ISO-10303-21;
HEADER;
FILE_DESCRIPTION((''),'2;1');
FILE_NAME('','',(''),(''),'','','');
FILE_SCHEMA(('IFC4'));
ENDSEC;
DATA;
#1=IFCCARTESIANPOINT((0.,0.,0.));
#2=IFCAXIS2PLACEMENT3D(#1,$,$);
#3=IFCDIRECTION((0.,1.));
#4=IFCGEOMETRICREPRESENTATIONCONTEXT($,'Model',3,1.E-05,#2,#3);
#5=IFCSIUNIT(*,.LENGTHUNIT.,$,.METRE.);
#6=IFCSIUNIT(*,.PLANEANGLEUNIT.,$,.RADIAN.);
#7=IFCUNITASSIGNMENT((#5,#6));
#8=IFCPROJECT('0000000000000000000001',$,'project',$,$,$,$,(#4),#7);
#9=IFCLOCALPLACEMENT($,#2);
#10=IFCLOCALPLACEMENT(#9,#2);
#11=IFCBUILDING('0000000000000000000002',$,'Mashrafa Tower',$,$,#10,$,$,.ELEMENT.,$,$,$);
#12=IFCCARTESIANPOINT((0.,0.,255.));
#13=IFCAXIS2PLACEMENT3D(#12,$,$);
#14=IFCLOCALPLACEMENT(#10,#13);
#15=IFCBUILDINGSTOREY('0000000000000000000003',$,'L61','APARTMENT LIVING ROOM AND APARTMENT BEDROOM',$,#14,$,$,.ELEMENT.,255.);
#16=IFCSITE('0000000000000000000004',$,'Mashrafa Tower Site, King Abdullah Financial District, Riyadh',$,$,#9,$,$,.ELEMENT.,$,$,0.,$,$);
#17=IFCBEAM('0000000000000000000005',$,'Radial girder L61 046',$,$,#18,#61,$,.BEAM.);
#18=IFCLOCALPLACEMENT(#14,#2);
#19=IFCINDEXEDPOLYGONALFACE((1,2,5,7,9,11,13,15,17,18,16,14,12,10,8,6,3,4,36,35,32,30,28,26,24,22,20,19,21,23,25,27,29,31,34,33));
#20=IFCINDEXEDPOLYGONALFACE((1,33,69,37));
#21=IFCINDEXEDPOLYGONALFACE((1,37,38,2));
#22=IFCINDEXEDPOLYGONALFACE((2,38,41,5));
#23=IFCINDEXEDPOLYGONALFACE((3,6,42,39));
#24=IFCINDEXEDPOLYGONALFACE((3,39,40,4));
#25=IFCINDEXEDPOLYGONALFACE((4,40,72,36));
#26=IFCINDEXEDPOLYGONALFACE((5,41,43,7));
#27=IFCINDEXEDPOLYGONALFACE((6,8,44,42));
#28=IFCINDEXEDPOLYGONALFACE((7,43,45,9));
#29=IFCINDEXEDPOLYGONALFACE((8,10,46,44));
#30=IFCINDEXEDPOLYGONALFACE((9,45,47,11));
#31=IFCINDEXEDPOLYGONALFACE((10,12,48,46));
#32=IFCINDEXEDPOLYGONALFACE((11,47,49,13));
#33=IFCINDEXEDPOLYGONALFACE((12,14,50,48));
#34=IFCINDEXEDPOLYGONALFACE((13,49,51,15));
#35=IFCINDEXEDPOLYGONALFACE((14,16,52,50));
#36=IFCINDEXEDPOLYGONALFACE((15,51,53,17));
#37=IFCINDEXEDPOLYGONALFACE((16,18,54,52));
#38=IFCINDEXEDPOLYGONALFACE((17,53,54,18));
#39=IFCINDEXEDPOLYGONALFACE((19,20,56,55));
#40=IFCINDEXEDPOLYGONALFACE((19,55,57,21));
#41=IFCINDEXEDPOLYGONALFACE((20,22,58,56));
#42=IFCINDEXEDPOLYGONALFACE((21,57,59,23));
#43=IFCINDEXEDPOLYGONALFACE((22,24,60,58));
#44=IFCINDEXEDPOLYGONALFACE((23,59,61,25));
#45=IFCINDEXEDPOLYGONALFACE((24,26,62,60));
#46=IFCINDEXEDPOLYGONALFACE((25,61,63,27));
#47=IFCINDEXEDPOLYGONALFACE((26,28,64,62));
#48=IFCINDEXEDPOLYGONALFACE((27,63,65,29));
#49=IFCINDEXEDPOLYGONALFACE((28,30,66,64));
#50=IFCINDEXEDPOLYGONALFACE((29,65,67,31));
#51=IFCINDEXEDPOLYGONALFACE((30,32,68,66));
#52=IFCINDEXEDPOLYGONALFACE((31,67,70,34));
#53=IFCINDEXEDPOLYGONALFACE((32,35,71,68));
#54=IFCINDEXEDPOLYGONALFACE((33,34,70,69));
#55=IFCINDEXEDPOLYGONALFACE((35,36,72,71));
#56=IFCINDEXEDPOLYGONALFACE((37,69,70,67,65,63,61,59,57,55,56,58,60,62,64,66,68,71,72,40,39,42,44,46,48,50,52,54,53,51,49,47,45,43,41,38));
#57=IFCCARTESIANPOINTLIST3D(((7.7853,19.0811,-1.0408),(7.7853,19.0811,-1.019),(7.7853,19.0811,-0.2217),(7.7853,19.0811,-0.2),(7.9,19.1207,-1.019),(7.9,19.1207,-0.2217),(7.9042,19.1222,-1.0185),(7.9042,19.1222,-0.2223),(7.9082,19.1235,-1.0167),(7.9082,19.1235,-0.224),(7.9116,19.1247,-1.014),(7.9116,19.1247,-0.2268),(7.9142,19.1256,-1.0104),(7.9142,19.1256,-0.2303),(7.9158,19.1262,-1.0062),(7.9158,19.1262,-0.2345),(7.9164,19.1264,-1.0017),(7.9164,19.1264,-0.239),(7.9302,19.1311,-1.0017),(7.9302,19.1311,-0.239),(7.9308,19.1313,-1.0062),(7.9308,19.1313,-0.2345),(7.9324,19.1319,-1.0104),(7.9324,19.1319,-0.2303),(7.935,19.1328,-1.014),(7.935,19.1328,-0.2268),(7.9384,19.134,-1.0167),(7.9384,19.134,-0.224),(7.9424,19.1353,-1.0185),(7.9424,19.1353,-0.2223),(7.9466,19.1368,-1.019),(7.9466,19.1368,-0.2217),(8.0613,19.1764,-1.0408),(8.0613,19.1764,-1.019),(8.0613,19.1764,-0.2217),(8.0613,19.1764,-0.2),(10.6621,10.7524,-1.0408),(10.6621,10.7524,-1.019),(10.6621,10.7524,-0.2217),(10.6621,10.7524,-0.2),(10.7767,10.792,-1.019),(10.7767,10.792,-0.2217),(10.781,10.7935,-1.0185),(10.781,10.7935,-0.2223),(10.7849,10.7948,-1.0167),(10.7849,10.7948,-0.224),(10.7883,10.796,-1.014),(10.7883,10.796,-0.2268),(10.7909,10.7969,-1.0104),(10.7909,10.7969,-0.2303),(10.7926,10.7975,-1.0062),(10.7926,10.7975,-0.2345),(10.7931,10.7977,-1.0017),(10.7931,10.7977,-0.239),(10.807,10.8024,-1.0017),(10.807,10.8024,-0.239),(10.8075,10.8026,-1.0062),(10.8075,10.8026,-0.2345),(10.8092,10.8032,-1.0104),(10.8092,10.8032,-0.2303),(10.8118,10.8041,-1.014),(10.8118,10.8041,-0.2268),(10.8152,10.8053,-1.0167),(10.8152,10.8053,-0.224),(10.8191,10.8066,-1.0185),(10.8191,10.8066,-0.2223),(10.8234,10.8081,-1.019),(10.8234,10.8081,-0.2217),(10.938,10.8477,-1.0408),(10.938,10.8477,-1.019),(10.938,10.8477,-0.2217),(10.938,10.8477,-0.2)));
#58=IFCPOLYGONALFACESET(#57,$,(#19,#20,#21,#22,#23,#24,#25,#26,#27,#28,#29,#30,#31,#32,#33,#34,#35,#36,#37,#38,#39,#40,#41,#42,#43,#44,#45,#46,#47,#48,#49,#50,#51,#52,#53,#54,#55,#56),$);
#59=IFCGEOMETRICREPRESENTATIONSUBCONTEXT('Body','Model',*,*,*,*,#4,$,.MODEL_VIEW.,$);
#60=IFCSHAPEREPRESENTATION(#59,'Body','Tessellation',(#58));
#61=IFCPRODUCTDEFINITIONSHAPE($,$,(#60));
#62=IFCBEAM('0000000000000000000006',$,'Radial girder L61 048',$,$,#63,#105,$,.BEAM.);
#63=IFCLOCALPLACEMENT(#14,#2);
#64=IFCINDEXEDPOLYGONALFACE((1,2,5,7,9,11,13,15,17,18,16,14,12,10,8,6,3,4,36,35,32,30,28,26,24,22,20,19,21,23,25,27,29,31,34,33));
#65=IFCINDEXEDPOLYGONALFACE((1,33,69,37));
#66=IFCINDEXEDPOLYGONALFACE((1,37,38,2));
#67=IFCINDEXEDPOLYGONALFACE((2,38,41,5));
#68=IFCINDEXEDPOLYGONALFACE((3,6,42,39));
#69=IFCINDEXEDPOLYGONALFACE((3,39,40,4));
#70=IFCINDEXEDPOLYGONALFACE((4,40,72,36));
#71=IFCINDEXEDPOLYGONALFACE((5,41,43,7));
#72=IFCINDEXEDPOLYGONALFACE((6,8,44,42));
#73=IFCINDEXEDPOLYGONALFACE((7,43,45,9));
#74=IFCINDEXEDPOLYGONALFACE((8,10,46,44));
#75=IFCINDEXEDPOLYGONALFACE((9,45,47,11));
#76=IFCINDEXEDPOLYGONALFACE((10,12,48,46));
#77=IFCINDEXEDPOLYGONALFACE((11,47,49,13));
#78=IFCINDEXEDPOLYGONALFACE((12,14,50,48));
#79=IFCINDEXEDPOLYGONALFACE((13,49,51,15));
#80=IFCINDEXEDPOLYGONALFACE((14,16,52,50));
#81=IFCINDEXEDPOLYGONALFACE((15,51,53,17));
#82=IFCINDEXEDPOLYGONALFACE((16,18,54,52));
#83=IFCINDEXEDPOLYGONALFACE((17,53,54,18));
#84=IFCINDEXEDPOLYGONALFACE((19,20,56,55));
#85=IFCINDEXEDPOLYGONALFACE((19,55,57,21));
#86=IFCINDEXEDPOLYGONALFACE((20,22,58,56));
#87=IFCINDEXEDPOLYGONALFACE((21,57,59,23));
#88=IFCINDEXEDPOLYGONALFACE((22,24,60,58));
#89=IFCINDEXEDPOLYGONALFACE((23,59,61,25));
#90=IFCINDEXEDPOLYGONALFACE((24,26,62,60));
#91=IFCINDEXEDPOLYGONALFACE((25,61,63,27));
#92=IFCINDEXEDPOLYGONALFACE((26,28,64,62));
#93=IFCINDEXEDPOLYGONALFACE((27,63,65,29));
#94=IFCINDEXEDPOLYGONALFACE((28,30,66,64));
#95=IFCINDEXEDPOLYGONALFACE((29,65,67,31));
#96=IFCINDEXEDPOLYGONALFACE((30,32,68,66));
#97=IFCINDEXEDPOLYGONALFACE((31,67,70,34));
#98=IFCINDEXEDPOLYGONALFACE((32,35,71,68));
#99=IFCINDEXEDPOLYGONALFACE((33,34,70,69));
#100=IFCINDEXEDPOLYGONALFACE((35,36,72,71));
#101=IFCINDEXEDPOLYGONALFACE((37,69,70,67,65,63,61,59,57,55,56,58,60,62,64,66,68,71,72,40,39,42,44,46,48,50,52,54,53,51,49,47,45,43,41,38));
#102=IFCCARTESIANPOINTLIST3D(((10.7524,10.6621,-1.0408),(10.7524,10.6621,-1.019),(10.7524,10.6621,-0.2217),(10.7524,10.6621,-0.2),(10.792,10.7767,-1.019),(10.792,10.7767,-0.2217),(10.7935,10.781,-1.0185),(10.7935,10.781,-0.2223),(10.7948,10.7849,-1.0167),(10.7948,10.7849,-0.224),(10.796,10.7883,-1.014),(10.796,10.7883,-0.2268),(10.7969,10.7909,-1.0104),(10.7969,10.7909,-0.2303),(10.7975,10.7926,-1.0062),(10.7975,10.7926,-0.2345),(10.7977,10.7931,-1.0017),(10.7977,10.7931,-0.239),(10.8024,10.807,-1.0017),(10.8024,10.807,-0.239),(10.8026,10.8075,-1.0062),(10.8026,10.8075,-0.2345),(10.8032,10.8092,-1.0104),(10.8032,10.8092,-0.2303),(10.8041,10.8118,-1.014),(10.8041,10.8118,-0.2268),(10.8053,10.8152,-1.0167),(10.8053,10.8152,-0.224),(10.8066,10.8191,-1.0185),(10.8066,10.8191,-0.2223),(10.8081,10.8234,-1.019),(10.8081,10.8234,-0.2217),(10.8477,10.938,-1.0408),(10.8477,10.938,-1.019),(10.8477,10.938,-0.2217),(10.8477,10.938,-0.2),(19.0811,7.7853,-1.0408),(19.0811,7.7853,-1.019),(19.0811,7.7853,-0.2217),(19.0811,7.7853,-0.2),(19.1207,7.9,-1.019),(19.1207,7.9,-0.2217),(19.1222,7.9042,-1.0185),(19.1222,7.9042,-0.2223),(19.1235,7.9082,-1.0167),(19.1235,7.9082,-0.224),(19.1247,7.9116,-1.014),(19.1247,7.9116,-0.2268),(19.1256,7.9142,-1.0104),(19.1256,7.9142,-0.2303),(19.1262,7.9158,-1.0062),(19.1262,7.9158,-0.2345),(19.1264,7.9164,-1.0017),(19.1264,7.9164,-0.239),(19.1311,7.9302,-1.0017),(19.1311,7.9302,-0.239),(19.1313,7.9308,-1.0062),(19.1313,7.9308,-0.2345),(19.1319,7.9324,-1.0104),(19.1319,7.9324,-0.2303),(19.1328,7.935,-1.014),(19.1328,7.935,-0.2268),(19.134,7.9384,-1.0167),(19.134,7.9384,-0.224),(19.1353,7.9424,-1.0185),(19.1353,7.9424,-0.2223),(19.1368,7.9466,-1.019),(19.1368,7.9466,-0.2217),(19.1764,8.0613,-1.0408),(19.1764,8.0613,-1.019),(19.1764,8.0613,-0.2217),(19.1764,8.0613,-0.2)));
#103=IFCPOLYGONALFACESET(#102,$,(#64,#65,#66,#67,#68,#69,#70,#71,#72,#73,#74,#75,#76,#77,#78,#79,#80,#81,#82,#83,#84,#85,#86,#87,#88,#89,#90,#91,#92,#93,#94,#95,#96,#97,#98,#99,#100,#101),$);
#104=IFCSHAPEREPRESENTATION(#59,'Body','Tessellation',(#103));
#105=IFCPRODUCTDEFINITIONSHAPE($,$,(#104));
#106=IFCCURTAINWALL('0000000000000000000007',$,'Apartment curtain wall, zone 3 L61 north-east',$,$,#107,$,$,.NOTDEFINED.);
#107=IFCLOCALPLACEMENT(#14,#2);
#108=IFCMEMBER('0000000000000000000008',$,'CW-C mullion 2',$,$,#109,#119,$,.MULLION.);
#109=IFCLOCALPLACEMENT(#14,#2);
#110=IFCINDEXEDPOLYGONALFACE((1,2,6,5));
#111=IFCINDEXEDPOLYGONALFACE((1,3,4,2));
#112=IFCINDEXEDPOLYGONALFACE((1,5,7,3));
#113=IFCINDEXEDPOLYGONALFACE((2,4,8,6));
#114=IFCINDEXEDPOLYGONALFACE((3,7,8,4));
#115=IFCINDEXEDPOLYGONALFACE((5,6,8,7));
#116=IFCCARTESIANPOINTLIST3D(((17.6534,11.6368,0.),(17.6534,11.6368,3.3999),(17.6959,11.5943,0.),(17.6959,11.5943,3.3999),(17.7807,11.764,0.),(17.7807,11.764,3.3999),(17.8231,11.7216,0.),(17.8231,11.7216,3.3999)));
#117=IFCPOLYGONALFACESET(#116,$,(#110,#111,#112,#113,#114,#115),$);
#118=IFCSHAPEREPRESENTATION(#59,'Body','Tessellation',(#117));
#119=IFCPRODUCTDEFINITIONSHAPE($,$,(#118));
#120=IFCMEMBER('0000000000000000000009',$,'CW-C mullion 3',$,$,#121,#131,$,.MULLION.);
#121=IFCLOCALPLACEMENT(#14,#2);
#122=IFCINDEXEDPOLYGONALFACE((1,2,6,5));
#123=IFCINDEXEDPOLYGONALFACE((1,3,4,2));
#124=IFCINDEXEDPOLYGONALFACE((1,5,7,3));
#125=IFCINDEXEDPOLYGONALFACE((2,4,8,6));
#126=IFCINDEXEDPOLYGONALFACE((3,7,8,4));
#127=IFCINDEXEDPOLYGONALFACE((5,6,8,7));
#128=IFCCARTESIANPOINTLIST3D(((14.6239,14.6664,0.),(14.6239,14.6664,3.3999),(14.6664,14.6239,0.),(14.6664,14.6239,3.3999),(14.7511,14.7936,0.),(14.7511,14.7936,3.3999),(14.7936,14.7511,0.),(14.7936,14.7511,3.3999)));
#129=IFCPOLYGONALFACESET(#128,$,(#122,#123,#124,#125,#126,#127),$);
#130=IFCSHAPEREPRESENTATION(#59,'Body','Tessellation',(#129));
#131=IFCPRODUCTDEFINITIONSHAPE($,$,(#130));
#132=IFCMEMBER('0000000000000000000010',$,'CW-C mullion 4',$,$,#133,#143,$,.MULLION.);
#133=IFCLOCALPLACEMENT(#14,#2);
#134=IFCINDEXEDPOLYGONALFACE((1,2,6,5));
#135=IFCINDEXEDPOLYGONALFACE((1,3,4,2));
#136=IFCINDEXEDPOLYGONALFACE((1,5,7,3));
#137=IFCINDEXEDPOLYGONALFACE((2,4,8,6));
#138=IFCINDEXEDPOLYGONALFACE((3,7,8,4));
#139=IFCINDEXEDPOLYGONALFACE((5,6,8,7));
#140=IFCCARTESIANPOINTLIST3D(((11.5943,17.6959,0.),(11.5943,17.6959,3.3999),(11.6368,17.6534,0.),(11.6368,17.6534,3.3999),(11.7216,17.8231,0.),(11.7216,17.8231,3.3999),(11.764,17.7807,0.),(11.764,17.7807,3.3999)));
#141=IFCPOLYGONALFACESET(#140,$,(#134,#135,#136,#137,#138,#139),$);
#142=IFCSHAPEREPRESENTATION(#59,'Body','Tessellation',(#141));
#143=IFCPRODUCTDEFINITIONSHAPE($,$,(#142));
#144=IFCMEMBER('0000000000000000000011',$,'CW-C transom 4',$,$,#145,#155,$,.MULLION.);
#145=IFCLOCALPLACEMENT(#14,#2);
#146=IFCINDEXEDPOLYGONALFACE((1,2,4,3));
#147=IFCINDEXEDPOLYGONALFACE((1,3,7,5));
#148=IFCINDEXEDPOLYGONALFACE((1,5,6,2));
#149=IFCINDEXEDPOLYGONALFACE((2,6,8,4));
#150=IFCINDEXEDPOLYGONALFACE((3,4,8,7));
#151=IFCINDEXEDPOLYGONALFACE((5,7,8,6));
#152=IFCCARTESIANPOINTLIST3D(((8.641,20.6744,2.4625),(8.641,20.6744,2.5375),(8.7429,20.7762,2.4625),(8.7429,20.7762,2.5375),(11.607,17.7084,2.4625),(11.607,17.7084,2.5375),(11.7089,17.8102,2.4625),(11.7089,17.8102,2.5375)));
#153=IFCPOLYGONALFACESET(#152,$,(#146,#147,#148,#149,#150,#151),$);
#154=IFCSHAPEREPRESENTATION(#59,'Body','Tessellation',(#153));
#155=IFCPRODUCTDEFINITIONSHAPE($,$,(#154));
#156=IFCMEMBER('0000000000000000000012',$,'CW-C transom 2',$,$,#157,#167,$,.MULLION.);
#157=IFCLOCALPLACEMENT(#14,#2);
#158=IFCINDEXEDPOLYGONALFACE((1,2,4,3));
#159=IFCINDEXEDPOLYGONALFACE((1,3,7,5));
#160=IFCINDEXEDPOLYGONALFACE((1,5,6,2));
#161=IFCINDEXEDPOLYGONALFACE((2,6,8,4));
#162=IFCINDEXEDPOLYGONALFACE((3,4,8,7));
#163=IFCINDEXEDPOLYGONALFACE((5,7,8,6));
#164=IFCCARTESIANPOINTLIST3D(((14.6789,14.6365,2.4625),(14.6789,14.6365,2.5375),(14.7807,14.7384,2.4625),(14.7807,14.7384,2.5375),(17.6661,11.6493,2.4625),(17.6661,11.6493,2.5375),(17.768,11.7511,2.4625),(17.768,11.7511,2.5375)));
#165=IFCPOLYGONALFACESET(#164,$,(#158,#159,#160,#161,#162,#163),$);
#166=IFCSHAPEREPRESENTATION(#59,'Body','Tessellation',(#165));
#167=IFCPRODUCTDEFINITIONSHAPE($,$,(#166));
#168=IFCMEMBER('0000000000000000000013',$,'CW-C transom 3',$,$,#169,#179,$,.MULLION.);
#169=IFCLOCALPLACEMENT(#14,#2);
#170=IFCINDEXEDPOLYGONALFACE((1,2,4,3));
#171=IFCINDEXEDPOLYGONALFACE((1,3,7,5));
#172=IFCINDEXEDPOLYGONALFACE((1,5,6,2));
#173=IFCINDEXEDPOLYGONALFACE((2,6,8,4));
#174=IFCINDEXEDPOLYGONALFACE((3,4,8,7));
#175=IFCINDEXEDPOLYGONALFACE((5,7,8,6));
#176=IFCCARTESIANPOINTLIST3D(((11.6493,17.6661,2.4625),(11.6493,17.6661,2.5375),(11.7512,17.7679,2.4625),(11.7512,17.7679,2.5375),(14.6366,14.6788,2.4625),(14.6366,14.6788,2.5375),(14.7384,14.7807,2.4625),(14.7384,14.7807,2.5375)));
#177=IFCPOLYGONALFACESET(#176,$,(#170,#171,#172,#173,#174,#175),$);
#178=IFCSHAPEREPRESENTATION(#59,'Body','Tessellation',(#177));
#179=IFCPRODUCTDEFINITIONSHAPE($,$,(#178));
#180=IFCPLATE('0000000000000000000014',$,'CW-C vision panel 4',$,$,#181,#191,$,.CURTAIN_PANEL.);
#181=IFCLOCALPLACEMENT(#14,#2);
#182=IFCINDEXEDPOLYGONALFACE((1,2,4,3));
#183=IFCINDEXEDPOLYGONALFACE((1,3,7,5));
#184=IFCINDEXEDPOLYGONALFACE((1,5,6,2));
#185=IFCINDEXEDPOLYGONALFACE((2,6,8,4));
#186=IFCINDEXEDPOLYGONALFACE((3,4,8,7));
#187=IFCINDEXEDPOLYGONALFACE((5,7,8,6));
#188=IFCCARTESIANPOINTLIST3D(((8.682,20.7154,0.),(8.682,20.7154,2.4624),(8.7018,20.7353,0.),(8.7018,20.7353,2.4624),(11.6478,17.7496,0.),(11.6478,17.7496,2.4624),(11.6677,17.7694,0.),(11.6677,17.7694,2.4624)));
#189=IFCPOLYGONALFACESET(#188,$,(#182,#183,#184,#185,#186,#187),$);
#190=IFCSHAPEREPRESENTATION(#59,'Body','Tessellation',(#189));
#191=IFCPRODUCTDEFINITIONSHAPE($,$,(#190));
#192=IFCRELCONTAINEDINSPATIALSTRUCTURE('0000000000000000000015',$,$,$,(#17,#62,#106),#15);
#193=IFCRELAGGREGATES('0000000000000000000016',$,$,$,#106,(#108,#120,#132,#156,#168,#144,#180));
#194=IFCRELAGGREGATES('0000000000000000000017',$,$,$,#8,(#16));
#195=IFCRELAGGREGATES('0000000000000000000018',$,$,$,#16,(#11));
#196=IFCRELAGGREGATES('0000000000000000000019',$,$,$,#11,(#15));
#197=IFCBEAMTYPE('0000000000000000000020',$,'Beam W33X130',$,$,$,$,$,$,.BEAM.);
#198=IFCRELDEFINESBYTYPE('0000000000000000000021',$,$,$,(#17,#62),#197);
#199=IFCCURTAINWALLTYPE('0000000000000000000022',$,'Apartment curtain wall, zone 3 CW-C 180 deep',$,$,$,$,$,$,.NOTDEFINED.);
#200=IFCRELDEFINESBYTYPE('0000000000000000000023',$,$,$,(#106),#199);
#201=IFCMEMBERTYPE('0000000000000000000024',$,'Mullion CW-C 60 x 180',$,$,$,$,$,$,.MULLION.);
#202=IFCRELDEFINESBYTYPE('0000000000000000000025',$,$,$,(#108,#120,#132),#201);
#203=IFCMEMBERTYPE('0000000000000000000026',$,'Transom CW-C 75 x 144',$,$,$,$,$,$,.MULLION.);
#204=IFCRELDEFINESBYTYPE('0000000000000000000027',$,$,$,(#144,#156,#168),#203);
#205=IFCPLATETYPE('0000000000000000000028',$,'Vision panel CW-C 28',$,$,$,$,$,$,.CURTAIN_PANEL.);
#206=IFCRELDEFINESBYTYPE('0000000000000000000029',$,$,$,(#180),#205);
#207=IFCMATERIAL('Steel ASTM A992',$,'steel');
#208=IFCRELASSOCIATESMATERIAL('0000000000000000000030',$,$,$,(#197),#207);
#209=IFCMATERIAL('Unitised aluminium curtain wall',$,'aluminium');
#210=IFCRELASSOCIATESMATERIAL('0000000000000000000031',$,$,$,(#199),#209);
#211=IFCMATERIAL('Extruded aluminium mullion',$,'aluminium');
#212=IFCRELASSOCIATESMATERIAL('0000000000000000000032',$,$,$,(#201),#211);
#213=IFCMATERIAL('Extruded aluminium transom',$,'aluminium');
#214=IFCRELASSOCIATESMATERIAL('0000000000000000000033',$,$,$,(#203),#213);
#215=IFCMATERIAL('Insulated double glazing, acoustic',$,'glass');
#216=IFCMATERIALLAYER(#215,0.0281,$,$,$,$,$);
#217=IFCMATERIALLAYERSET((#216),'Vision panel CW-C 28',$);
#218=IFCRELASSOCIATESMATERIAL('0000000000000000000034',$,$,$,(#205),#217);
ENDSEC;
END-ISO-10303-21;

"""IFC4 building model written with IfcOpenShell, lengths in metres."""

from ifc_helpers import new_model, si_unit, direction, frame, origin, origin_2d, place, context, subcontext, project, spatial, rectangle, i_section, extrude, source, transform, mapped, material, layer, layer_set, material_profile, profile_set, type_object, type_shapes, element, aggregate, save


model = new_model("IFC4")

# Units and contexts
model_context = context("Model", 3, precision=1e-05, world=origin(), true_north=direction((0.0, 1.0)))
body_context = subcontext(model_context, "Body", "Model", "MODEL_VIEW")
ifc_project = project(units=[si_unit("LENGTHUNIT", "METRE"), si_unit("PLANEANGLEUNIT", "RADIAN")], contexts=[model_context])

# Site, building, storey
site_placement = place(None, origin())
site = spatial("IfcSite", under=ifc_project, at=site_placement, Name="Mashrafa Tower Site, King Abdullah Financial District, Riyadh", CompositionType="ELEMENT", RefElevation=0.0)
building_placement = place(site_placement, origin())
building = spatial("IfcBuilding", under=site, at=building_placement, Name="Mashrafa Tower", CompositionType="ELEMENT")
storey_placement = place(building_placement, frame((0.0, 0.0, 255.0)))
storey = spatial("IfcBuildingStorey", under=building, at=storey_placement, Name="L61", Description="APARTMENT LIVING ROOM AND APARTMENT BEDROOM", CompositionType="ELEMENT", Elevation=255.0)

# Beams
ifc_material_1 = material(Name="Steel ASTM A992", Category="steel")
ifc_material_profile_1 = material_profile(ifc_material_1, i_section(OverallWidth=0.292, OverallDepth=0.8408, WebThickness=0.0146, FlangeThickness=0.0217, FilletRadius=0.0173, at=origin_2d()), Name="W33X130")
ifc_profile_set_1 = profile_set([ifc_material_profile_1], Name="Steel ASTM A992")
beam_type_1 = type_object("IfcBeamType", Name="Beam W33X130", PredefinedType="BEAM", material=ifc_profile_set_1)
for number, where, z_axis, x_axis, name in (
    (1, (10.8, 10.8, -0.6204), (-0.326475, 0.945206, 0.0), (-0.945206, -0.326475, 0.0), "Radial girder L61 046"),
    (2, (10.8, 10.8, -0.6204), (0.945206, -0.326475, 0.0), (0.326475, 0.945206, 0.0), "Radial girder L61 048"),
):
    element("IfcBeam", number, at=place(storey_placement, frame(where, z_axis=z_axis, x_axis=x_axis)), inside=storey, type_object=beam_type_1, Name=name, PredefinedType="BEAM", context=body_context, shape_type="SweptSolid", body=[
        extrude(i_section(OverallWidth=0.292, OverallDepth=0.8408, WebThickness=0.0146, FlangeThickness=0.0217, FilletRadius=0.0173, at=origin_2d()), origin(), (0.0, 0.0, 1.0), 8.8115),
    ])

# Curtain wall, members, plate
ifc_material_2 = material(Name="Unitised aluminium curtain wall", Category="aluminium")
curtain_wall_type = type_object("IfcCurtainWallType", Name="Apartment curtain wall, zone 3 CW-C 180 deep", PredefinedType="NOTDEFINED", material=ifc_material_2)
curtain_wall_placement = place(storey_placement, origin())
curtain_wall = element("IfcCurtainWall", 3, at=curtain_wall_placement, inside=storey, type_object=curtain_wall_type, Name="Apartment curtain wall, zone 3 L61 north-east", PredefinedType="NOTDEFINED")
ifc_material_3 = material(Name="Extruded aluminium mullion", Category="aluminium")
ifc_material_profile_2 = material_profile(ifc_material_3, rectangle(XDim=0.1799, YDim=0.0601, at=origin_2d()), Name="Mullion 60x180")
ifc_profile_set_2 = profile_set([ifc_material_profile_2], Name="Extruded aluminium mullion")
member_type_1 = type_object("IfcMemberType", Name="Mullion CW-C 60 x 180", PredefinedType="MULLION", material=ifc_profile_set_2)
shared_shape_1 = source(origin(), body_context, "Body", "SweptSolid", [
    extrude(rectangle(XDim=0.1799, YDim=0.0601, at=origin_2d()), origin(), (0.0, 0.0, 1.0), 3.3999),
])
type_shapes(member_type_1, [shared_shape_1])
member_1_placement = place(storey_placement, frame((17.7383, 11.6792, 0.0), z_axis=(0.0, 0.0, 1.0), x_axis=(-0.707107, -0.707107, 0.0)))
member_1 = element("IfcMember", 4, at=member_1_placement, type_object=member_type_1, Name="CW-C mullion 2", PredefinedType="MULLION", context=body_context, shape_type="MappedRepresentation", body=[
    mapped(shared_shape_1, transform((0.0, 0.0, 0.0))),
])
member_2_placement = place(storey_placement, frame((14.7087, 14.7087, 0.0), z_axis=(0.0, 0.0, 1.0), x_axis=(-0.707107, -0.707107, 0.0)))
member_2 = element("IfcMember", 5, at=member_2_placement, type_object=member_type_1, Name="CW-C mullion 3", PredefinedType="MULLION", context=body_context, shape_type="MappedRepresentation", body=[
    mapped(shared_shape_1, transform((0.0, 0.0, 0.0))),
])
member_3_placement = place(storey_placement, frame((11.6792, 17.7383, 0.0), z_axis=(0.0, 0.0, 1.0), x_axis=(-0.707107, -0.707107, 0.0)))
member_3 = element("IfcMember", 6, at=member_3_placement, type_object=member_type_1, Name="CW-C mullion 4", PredefinedType="MULLION", context=body_context, shape_type="MappedRepresentation", body=[
    mapped(shared_shape_1, transform((0.0, 0.0, 0.0))),
])
ifc_material_4 = material(Name="Extruded aluminium transom", Category="aluminium")
ifc_material_profile_3 = material_profile(ifc_material_4, rectangle(XDim=0.144, YDim=0.075, at=origin_2d()), Name="Transom 75x144")
ifc_profile_set_3 = profile_set([ifc_material_profile_3], Name="Extruded aluminium transom")
member_type_2 = type_object("IfcMemberType", Name="Transom CW-C 75 x 144", PredefinedType="MULLION", material=ifc_profile_set_3)
shared_shape_2 = source(origin(), body_context, "Body", "SweptSolid", [
    extrude(rectangle(XDim=0.144, YDim=0.075, at=origin_2d()), origin(), (0.0, 0.0, 1.0), 4.1946),
])
member_4_placement = place(storey_placement, frame((11.658, 17.7593, 2.5), z_axis=(-0.707107, 0.707107, 0.0), x_axis=(-0.707107, -0.707107, 0.0)))
member_4 = element("IfcMember", 7, at=member_4_placement, type_object=member_type_2, Name="CW-C transom 4", PredefinedType="MULLION", context=body_context, shape_type="MappedRepresentation", body=[
    mapped(shared_shape_2, transform((0.0, 0.0, 0.0))),
])
shared_shape_3 = source(origin(), body_context, "Body", "SweptSolid", [
    extrude(rectangle(XDim=0.144, YDim=0.075, at=origin_2d()), origin(), (0.0, 0.0, 1.0), 4.2246),
])
type_shapes(member_type_2, [shared_shape_2, shared_shape_3])
member_5_placement = place(storey_placement, frame((17.717, 11.7002, 2.5), z_axis=(-0.707107, 0.707107, 0.0), x_axis=(-0.707107, -0.707107, 0.0)))
member_5 = element("IfcMember", 8, at=member_5_placement, type_object=member_type_2, Name="CW-C transom 2", PredefinedType="MULLION", context=body_context, shape_type="MappedRepresentation", body=[
    mapped(shared_shape_3, transform((0.0, 0.0, 0.0))),
])
member_6_placement = place(storey_placement, frame((14.6875, 14.7297, 2.5), z_axis=(-0.707107, 0.707107, 0.0), x_axis=(-0.707107, -0.707107, 0.0)))
member_6 = element("IfcMember", 9, at=member_6_placement, type_object=member_type_2, Name="CW-C transom 3", PredefinedType="MULLION", context=body_context, shape_type="MappedRepresentation", body=[
    mapped(shared_shape_3, transform((0.0, 0.0, 0.0))),
])
ifc_material_5 = material(Name="Insulated double glazing, acoustic", Category="glass")
ifc_layer_1 = layer(ifc_material_5, 0.0281)
ifc_layer_set_1 = layer_set([ifc_layer_1], Name="Vision panel CW-C 28")
plate_type_1 = type_object("IfcPlateType", Name="Vision panel CW-C 28", PredefinedType="CURTAIN_PANEL", material=ifc_layer_set_1)
shared_shape_4 = source(origin(), body_context, "Body", "SweptSolid", [
    extrude(rectangle(XDim=4.1943, YDim=0.0281, at=origin_2d()), origin(), (0.0, 0.0, 1.0), 2.4624),
])
plate_1_placement = place(storey_placement, frame((10.1748, 19.2424, 0.0), z_axis=(0.0, 0.0, 1.0), x_axis=(-0.707107, 0.707107, 0.0)))
plate_1 = element("IfcPlate", 10, at=plate_1_placement, type_object=plate_type_1, Name="CW-C vision panel 4", PredefinedType="CURTAIN_PANEL", context=body_context, shape_type="MappedRepresentation", body=[
    mapped(shared_shape_4, transform((0.0, 0.0, 0.0))),
])
aggregate(curtain_wall, [member_1, member_2, member_3, member_5, member_6, member_4, plate_1])

save(model, "model.ifc")
